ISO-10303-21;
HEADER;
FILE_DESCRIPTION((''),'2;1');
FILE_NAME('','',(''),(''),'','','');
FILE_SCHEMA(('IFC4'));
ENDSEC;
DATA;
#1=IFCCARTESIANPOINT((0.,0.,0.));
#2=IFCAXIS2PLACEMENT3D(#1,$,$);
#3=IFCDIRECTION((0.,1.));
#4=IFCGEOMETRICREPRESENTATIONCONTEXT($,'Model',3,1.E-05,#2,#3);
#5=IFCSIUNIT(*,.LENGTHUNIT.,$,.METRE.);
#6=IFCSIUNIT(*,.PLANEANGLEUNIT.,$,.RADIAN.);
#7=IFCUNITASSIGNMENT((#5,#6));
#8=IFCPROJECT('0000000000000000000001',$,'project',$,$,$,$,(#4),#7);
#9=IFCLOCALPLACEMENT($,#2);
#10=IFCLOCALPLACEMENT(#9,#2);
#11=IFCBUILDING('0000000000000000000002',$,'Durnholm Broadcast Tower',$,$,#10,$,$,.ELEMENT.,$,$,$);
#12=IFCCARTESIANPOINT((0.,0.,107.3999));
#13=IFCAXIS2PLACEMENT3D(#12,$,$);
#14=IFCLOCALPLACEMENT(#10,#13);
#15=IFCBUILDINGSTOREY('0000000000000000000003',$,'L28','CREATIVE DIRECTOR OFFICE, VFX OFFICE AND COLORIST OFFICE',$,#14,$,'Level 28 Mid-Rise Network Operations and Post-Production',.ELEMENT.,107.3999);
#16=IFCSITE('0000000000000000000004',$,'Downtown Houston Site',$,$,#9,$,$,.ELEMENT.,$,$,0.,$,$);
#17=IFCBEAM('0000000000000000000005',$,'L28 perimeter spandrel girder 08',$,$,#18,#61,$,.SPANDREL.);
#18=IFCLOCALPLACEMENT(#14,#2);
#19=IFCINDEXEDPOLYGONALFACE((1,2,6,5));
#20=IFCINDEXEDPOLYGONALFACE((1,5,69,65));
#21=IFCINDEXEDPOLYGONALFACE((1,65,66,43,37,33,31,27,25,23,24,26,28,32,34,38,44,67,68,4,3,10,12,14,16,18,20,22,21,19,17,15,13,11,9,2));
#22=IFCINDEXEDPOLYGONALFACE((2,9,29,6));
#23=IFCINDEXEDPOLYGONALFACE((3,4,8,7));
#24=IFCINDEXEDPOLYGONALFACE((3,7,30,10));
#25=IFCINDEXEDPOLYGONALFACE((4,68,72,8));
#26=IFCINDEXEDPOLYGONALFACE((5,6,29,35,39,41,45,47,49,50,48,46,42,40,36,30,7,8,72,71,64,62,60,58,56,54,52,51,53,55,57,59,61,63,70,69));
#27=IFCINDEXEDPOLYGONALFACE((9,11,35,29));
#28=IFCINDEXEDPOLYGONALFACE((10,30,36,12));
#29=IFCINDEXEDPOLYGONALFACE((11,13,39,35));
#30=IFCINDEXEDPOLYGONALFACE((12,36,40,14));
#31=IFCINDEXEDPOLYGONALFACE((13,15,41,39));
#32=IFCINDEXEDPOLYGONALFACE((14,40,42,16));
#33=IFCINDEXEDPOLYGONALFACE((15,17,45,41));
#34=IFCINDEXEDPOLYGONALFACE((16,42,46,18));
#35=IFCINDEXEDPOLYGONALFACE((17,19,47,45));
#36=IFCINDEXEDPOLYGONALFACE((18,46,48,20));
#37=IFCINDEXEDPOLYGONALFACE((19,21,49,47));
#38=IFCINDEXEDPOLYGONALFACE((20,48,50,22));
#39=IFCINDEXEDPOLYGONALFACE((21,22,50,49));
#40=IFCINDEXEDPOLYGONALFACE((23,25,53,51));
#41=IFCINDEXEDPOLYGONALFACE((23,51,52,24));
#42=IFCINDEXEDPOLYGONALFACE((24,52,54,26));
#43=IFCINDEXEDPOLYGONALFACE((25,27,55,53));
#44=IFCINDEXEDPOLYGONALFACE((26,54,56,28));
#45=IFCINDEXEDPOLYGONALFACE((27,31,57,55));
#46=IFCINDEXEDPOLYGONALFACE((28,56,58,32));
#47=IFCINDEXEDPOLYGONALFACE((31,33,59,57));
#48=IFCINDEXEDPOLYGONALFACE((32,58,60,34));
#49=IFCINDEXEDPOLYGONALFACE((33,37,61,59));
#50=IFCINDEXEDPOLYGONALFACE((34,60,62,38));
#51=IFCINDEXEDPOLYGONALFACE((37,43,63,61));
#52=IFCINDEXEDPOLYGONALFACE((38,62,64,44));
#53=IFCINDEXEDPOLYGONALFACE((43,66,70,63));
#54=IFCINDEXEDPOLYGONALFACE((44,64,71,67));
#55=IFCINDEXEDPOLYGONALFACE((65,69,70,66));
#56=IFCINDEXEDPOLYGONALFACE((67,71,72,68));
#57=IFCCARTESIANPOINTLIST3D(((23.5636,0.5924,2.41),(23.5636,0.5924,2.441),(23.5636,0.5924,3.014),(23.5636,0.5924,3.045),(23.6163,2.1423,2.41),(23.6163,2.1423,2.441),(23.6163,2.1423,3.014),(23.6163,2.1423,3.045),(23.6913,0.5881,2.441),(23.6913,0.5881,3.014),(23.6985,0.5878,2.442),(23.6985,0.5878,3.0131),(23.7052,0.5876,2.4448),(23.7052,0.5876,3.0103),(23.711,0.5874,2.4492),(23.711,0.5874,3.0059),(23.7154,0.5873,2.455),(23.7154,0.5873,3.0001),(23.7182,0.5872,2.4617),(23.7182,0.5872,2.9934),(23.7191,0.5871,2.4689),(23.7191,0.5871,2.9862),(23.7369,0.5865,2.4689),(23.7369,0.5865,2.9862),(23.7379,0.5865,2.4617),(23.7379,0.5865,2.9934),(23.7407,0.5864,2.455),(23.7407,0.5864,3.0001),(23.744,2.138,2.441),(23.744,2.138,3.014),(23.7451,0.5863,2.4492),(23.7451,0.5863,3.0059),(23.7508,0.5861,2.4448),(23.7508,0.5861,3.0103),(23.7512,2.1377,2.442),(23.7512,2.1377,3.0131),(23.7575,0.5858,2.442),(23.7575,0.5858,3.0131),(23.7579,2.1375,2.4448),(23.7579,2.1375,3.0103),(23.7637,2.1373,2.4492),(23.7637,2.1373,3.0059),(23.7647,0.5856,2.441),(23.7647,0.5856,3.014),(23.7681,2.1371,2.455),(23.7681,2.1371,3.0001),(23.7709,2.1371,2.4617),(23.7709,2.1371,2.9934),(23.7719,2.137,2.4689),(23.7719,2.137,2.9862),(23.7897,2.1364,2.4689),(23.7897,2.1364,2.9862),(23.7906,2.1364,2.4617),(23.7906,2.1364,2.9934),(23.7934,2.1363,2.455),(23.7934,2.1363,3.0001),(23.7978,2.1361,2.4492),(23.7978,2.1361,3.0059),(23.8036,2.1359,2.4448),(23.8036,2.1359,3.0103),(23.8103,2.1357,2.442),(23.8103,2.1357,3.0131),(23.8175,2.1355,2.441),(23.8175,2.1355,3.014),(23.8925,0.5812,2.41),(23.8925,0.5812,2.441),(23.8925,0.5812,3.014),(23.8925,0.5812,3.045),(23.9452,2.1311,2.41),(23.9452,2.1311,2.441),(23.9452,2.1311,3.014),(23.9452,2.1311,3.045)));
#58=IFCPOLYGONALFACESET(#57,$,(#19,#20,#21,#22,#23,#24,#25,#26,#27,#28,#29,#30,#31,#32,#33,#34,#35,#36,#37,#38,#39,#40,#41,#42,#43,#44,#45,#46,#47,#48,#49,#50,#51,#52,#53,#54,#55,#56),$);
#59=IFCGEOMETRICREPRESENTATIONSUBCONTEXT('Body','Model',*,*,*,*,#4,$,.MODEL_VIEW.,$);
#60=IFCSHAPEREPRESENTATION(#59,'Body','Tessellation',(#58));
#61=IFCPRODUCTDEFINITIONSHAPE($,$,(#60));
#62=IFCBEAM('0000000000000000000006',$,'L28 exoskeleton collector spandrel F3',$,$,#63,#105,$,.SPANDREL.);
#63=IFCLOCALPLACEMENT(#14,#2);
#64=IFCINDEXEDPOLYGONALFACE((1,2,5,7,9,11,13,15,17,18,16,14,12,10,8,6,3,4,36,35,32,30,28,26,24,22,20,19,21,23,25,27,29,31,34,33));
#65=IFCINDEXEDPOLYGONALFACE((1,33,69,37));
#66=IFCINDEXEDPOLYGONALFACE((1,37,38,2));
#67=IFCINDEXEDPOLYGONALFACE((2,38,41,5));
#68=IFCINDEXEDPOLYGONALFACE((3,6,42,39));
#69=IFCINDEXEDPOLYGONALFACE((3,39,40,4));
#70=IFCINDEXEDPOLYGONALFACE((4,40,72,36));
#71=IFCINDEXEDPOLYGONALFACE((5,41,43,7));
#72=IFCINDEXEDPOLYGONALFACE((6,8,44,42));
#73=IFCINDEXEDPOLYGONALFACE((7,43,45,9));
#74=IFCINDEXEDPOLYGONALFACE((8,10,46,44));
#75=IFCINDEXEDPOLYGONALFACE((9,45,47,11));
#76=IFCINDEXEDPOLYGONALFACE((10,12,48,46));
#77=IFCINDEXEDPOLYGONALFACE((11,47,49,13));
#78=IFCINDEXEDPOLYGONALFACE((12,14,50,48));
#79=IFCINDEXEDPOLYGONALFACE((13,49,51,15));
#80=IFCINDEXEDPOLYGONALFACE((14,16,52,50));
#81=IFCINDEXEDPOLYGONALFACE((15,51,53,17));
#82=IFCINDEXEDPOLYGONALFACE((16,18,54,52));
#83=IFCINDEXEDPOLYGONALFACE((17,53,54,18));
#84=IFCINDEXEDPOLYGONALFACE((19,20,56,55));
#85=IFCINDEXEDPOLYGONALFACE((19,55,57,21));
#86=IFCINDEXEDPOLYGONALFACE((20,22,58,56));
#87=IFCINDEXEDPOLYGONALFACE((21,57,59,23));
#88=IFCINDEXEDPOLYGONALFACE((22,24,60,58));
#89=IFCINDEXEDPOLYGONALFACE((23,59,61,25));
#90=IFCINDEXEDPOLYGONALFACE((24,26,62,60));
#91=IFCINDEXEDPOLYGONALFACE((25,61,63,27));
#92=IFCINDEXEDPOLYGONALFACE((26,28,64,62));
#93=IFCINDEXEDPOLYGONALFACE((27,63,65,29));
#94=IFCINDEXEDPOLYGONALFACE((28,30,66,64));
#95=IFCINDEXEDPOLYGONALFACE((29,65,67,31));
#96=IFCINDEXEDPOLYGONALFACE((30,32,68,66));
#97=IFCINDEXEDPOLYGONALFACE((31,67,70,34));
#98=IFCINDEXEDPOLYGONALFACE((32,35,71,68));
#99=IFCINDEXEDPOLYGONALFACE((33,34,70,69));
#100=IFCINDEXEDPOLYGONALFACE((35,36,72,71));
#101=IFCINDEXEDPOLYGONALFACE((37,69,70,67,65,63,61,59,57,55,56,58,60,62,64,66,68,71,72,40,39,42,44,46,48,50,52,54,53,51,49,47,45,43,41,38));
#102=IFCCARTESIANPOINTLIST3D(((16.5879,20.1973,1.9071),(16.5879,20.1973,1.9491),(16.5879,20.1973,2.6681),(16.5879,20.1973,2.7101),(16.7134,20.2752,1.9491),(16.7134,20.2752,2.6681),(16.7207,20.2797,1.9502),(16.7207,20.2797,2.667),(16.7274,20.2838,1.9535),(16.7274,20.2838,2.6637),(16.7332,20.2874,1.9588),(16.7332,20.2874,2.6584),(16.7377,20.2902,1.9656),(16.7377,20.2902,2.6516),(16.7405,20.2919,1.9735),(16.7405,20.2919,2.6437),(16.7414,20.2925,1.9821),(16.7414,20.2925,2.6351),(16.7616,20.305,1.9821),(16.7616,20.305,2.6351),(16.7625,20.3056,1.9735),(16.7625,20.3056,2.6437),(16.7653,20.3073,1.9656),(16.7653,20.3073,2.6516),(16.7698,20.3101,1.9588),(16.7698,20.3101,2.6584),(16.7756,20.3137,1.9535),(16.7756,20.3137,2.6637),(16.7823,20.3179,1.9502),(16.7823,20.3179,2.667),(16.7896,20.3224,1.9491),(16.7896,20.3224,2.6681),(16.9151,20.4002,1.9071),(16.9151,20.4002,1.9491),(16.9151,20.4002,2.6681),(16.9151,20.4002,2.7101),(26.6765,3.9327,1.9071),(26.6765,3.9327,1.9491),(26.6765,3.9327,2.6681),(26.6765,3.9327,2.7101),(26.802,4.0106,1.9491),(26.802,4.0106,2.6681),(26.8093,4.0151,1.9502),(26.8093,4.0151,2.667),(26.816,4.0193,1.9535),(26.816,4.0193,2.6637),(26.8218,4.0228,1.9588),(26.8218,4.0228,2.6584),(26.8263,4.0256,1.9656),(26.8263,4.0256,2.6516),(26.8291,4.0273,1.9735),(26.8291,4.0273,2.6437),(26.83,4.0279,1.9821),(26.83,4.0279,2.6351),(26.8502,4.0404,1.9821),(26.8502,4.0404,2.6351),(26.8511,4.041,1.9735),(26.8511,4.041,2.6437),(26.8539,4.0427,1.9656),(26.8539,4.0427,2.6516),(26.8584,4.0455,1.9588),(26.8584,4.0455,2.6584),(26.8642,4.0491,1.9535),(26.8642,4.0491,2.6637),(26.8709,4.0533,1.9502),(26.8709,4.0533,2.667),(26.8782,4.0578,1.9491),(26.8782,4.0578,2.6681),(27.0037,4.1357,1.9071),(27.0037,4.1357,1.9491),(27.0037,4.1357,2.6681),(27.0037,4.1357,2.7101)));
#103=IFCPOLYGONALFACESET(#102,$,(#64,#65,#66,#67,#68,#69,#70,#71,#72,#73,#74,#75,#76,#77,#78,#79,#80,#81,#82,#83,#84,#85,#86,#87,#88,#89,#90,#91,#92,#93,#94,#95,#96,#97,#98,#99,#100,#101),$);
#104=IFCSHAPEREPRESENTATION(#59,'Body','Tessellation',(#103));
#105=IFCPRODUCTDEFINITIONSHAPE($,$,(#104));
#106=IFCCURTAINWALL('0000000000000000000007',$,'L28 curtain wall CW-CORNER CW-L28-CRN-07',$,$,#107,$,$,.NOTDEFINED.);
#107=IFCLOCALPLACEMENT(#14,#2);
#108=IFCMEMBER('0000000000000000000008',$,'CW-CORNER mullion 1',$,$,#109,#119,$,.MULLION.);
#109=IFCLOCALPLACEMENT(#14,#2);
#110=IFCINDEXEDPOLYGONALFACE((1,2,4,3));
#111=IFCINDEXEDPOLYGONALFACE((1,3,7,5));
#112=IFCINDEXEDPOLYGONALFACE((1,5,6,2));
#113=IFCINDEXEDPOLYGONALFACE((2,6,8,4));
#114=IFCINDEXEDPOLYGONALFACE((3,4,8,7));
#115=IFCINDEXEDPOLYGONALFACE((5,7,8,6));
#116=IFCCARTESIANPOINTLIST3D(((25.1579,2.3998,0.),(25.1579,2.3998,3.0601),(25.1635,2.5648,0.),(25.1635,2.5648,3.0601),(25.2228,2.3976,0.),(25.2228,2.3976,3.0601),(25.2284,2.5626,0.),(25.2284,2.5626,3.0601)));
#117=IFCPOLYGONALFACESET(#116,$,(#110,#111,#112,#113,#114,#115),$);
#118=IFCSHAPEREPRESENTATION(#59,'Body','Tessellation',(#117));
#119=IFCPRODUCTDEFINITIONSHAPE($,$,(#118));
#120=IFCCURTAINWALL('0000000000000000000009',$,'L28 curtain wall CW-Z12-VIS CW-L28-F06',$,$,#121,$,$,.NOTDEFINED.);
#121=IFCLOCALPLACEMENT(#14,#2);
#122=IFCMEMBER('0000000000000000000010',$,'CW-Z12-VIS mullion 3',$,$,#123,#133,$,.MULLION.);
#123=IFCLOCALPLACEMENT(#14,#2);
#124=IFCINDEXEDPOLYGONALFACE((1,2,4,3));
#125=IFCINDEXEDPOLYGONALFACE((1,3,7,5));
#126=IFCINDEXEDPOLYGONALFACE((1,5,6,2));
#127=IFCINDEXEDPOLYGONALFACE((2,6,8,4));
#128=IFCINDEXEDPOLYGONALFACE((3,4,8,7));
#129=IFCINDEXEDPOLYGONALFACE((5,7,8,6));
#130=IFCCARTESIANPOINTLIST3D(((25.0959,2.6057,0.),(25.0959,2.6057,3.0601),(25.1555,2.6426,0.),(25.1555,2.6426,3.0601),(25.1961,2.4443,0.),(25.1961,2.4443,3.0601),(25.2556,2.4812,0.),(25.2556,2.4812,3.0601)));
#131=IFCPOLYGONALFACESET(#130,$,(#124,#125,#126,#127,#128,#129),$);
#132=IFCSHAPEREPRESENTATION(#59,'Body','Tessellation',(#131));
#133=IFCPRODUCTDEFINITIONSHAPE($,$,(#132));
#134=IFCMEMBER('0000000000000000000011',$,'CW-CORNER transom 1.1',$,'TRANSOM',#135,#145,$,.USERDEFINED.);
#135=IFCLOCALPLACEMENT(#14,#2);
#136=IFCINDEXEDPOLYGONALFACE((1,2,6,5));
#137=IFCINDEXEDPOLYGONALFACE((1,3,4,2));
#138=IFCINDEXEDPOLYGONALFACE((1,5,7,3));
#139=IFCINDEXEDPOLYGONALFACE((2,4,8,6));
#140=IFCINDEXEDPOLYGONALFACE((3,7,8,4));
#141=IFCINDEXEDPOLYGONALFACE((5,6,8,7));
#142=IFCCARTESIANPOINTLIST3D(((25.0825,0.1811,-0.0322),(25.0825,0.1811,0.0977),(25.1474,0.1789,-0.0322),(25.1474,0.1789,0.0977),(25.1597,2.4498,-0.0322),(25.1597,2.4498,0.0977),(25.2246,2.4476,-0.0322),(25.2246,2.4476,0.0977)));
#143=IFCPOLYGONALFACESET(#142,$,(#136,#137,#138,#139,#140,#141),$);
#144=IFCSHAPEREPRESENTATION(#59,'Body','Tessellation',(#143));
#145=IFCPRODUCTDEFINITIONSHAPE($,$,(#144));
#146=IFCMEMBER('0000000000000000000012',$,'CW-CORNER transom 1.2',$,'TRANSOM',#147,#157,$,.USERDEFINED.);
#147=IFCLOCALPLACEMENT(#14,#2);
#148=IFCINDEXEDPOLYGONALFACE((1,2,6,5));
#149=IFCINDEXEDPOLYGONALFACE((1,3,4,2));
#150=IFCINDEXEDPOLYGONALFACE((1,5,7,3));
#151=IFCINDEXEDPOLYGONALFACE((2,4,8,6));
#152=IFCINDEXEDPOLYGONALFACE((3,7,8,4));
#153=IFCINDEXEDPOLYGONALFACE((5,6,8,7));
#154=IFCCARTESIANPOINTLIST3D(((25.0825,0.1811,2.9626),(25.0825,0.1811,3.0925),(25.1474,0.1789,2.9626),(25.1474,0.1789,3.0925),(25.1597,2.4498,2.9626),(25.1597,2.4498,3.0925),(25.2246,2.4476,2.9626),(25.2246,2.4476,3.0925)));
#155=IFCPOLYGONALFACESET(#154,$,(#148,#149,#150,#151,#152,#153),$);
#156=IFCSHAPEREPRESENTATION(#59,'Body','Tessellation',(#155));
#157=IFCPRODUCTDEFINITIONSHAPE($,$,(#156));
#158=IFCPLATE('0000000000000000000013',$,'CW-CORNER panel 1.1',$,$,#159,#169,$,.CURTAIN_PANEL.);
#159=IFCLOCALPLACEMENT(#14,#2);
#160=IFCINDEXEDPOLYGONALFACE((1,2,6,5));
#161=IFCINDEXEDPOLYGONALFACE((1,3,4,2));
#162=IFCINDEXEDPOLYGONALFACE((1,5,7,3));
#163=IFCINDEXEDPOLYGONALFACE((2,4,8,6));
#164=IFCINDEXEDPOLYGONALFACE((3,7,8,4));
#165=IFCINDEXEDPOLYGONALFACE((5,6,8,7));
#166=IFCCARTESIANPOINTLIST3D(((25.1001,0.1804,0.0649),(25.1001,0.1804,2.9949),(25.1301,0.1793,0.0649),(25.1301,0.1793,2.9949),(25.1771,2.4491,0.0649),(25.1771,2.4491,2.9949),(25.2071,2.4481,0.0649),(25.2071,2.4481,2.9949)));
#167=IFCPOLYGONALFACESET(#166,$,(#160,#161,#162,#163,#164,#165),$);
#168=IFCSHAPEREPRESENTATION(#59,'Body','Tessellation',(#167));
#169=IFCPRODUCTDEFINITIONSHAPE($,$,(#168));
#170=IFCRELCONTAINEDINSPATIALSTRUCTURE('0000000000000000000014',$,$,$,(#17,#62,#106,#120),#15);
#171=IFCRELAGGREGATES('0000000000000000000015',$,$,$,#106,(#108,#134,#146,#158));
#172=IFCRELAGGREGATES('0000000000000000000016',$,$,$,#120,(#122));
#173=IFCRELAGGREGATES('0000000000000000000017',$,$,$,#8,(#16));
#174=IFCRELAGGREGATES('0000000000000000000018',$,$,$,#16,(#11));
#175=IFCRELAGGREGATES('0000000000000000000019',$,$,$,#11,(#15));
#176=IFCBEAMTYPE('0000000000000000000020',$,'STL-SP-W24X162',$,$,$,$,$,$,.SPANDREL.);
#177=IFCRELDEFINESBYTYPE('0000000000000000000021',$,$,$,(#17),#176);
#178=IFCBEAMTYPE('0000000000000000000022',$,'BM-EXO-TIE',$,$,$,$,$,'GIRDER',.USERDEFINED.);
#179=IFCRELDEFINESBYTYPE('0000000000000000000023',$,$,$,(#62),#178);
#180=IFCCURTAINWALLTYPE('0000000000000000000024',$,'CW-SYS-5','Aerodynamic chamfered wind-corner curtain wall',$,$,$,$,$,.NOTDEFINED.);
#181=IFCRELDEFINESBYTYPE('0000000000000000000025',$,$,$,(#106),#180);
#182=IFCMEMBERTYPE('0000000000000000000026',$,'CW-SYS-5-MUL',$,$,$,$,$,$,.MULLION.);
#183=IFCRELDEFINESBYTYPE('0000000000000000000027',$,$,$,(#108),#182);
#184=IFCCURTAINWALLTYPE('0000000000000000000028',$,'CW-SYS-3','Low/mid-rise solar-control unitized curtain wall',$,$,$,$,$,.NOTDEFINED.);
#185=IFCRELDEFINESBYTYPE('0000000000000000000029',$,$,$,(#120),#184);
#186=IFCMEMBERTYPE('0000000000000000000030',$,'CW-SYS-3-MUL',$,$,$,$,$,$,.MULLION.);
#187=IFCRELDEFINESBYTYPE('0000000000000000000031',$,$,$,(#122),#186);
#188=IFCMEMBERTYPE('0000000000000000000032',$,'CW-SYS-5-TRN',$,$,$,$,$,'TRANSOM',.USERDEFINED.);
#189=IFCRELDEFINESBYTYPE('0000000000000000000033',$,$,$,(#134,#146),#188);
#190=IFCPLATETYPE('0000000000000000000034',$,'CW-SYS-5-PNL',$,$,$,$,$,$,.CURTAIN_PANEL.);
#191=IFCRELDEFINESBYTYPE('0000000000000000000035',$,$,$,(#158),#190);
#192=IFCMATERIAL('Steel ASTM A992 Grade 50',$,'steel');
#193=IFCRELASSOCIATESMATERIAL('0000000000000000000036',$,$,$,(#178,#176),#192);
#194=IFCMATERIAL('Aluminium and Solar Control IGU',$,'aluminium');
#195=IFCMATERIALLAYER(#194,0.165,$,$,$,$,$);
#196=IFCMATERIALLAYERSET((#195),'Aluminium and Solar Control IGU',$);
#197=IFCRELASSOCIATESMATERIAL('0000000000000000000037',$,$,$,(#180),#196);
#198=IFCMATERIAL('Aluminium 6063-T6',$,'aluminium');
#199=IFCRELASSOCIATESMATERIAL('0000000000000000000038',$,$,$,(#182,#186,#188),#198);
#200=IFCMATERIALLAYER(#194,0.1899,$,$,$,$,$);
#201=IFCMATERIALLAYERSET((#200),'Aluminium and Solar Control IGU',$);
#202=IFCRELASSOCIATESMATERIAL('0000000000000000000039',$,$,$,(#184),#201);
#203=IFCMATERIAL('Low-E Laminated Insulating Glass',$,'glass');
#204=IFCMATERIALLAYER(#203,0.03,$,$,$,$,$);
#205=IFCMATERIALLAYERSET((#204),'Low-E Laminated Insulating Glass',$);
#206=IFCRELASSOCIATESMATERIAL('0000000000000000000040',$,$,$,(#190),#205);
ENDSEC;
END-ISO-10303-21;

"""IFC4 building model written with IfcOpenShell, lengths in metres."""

from ifc_helpers import new_model, si_unit, direction, frame, origin, origin_2d, place, context, subcontext, project, spatial, rectangle, i_section, extrude, source, transform, mapped, material, layer, layer_set, material_profile, profile_set, type_object, type_shapes, element, aggregate, save


model = new_model("IFC4")

# Units and contexts
model_context = context("Model", 3, precision=1e-05, world=origin(), true_north=direction((0.0, 1.0)))
body_context = subcontext(model_context, "Body", "Model", "MODEL_VIEW")
ifc_project = project(units=[si_unit("LENGTHUNIT", "METRE"), si_unit("PLANEANGLEUNIT", "RADIAN")], contexts=[model_context])

# Site, building, storey
site_placement = place(None, origin())
site = spatial("IfcSite", under=ifc_project, at=site_placement, Name="Downtown Houston Site", CompositionType="ELEMENT", RefElevation=0.0)
building_placement = place(site_placement, origin())
building = spatial("IfcBuilding", under=site, at=building_placement, Name="Durnholm Broadcast Tower", CompositionType="ELEMENT")
storey_placement = place(building_placement, frame((0.0, 0.0, 107.3999)))
storey = spatial("IfcBuildingStorey", under=building, at=storey_placement, Name="L28", Description="CREATIVE DIRECTOR OFFICE, VFX OFFICE AND COLORIST OFFICE", LongName="Level 28 Mid-Rise Network Operations and Post-Production", CompositionType="ELEMENT", Elevation=107.3999)

# Beams
ifc_material_1 = material(Name="Steel ASTM A992 Grade 50", Category="steel")
ifc_material_profile_1 = material_profile(ifc_material_1, i_section(OverallWidth=0.385, OverallDepth=0.803, WebThickness=0.0237, FlangeThickness=0.042, FilletRadius=0.033, at=origin_2d()), Name="W30X261")
ifc_profile_set_1 = profile_set([ifc_material_profile_1], Name="Steel ASTM A992 Grade 50")
beam_type_1 = type_object("IfcBeamType", Name="BM-EXO-TIE", ElementType="GIRDER", PredefinedType="USERDEFINED", material=ifc_profile_set_1)
ifc_material_profile_2 = material_profile(ifc_material_1, i_section(OverallWidth=0.3291, OverallDepth=0.635, WebThickness=0.0178, FlangeThickness=0.031, FilletRadius=0.0278, at=origin_2d()), Name="W24X162")
ifc_profile_set_2 = profile_set([ifc_material_profile_2], Name="Steel ASTM A992 Grade 50")
beam_type_2 = type_object("IfcBeamType", Name="STL-SP-W24X162", PredefinedType="SPANDREL", material=ifc_profile_set_2)
shared_shape_1 = source(origin(), body_context, "Body", "SweptSolid", [
    extrude(i_section(OverallWidth=0.3291, OverallDepth=0.635, WebThickness=0.0178, FlangeThickness=0.031, FilletRadius=0.0278, at=origin_2d()), origin(), (0.0, 0.0, 1.0), 1.5508),
])
beam_1_placement = place(storey_placement, frame((23.7808, 2.1367, 2.7275), z_axis=(-0.034007, -0.999422, 0.0), x_axis=(0.999422, -0.034007, 0.0)))
element("IfcBeam", 1, at=beam_1_placement, inside=storey, type_object=beam_type_2, Name="L28 perimeter spandrel girder 08", PredefinedType="SPANDREL", context=body_context, shape_type="MappedRepresentation", body=[
    mapped(shared_shape_1, transform((0.0, 0.0, 0.0), x_axis=(1.0, 0.0, 0.0), y_axis=(0.0, 1.0, 0.0), z_axis=(0.0, 0.0, 1.0), scale=1.0)),
])
shared_shape_2 = source(origin(), body_context, "Body", "SweptSolid", [
    extrude(i_section(OverallWidth=0.385, OverallDepth=0.803, WebThickness=0.0237, FlangeThickness=0.042, FilletRadius=0.033, at=origin_2d()), origin(), (0.0, 0.0, 1.0), 19.1394),
])
beam_2_placement = place(storey_placement, frame((26.8401, 4.0342, 2.3086), z_axis=(-0.527111, 0.849796, 0.0), x_axis=(-0.849796, -0.527111, 0.0)))
element("IfcBeam", 2, at=beam_2_placement, inside=storey, type_object=beam_type_1, Name="L28 exoskeleton collector spandrel F3", PredefinedType="SPANDREL", context=body_context, shape_type="MappedRepresentation", body=[
    mapped(shared_shape_2, transform((0.0, 0.0, 0.0), x_axis=(1.0, 0.0, 0.0), y_axis=(0.0, 1.0, 0.0), z_axis=(0.0, 0.0, 1.0), scale=1.0)),
])

# Curtain walls, members
ifc_material_2 = material(Name="Aluminium and Solar Control IGU", Category="aluminium")
ifc_layer_1 = layer(ifc_material_2, 0.165)
ifc_layer_set_1 = layer_set([ifc_layer_1], Name="Aluminium and Solar Control IGU")
curtain_wall_type_1 = type_object("IfcCurtainWallType", Name="CW-SYS-5", Description="Aerodynamic chamfered wind-corner curtain wall", PredefinedType="NOTDEFINED", material=ifc_layer_set_1)
curtain_wall_1_placement = place(storey_placement, origin())
curtain_wall_1 = element("IfcCurtainWall", 3, at=curtain_wall_1_placement, inside=storey, type_object=curtain_wall_type_1, Name="L28 curtain wall CW-CORNER CW-L28-CRN-07", PredefinedType="NOTDEFINED")
ifc_material_3 = material(Name="Aluminium 6063-T6", Category="aluminium")
ifc_material_profile_3 = material_profile(ifc_material_3, rectangle(XDim=0.0649, YDim=0.165, at=origin_2d()), Name="CWM65X165")
ifc_profile_set_3 = profile_set([ifc_material_profile_3], Name="Aluminium 6063-T6")
member_type_1 = type_object("IfcMemberType", Name="CW-SYS-5-MUL", PredefinedType="MULLION", material=ifc_profile_set_3)
shared_shape_3 = source(origin(), body_context, "Body", "SweptSolid", [
    extrude(rectangle(XDim=0.0649, YDim=0.165, at=origin_2d()), origin(), (0.0, 0.0, 1.0), 3.0601),
])
type_shapes(member_type_1, [shared_shape_3])
member_1_placement = place(storey_placement, frame((25.1931, 2.4812, 0.0), z_axis=(0.0, 0.0, 1.0), x_axis=(0.999425, -0.033917, 0.0)))
member_1 = element("IfcMember", 4, at=member_1_placement, type_object=member_type_1, Name="CW-CORNER mullion 1", PredefinedType="MULLION", context=body_context, shape_type="MappedRepresentation", body=[
    mapped(shared_shape_3, transform((0.0, 0.0, 0.0), x_axis=(1.0, 0.0, 0.0), y_axis=(0.0, 1.0, 0.0), z_axis=(0.0, 0.0, 1.0), scale=1.0)),
])
ifc_layer_2 = layer(ifc_material_2, 0.1899)
ifc_layer_set_2 = layer_set([ifc_layer_2], Name="Aluminium and Solar Control IGU")
curtain_wall_type_2 = type_object("IfcCurtainWallType", Name="CW-SYS-3", Description="Low/mid-rise solar-control unitized curtain wall", PredefinedType="NOTDEFINED", material=ifc_layer_set_2)
curtain_wall_2_placement = place(storey_placement, origin())
curtain_wall_2 = element("IfcCurtainWall", 5, at=curtain_wall_2_placement, inside=storey, type_object=curtain_wall_type_2, Name="L28 curtain wall CW-Z12-VIS CW-L28-F06", PredefinedType="NOTDEFINED")
ifc_material_profile_4 = material_profile(ifc_material_3, rectangle(XDim=0.0701, YDim=0.1899, at=origin_2d()), Name="CWM70X190")
ifc_profile_set_4 = profile_set([ifc_material_profile_4], Name="Aluminium 6063-T6")
member_type_2 = type_object("IfcMemberType", Name="CW-SYS-3-MUL", PredefinedType="MULLION", material=ifc_profile_set_4)
shared_shape_4 = source(origin(), body_context, "Body", "SweptSolid", [
    extrude(rectangle(XDim=0.0701, YDim=0.1899, at=origin_2d()), origin(), (0.0, 0.0, 1.0), 3.0601),
])
type_shapes(member_type_2, [shared_shape_4])
member_2_placement = place(storey_placement, frame((25.1758, 2.5435, 0.0), z_axis=(0.0, 0.0, 1.0), x_axis=(0.8498, 0.527105, 0.0)))
member_2 = element("IfcMember", 6, at=member_2_placement, type_object=member_type_2, Name="CW-Z12-VIS mullion 3", PredefinedType="MULLION", context=body_context, shape_type="MappedRepresentation", body=[
    mapped(shared_shape_4, transform((0.0, 0.0, 0.0), x_axis=(1.0, 0.0, 0.0), y_axis=(0.0, 1.0, 0.0), z_axis=(0.0, 0.0, 1.0), scale=1.0)),
])

# Members
ifc_material_profile_5 = material_profile(ifc_material_3, rectangle(XDim=0.0649, YDim=0.1299, at=origin_2d()), Name="CWT65X130")
ifc_profile_set_5 = profile_set([ifc_material_profile_5], Name="Aluminium 6063-T6")
member_type_3 = type_object("IfcMemberType", Name="CW-SYS-5-TRN", ElementType="TRANSOM", PredefinedType="USERDEFINED", material=ifc_profile_set_5)
shared_shape_5 = source(origin(), body_context, "Body", "SweptSolid", [
    extrude(rectangle(XDim=0.0649, YDim=0.1299, at=origin_2d()), origin(), (0.0, 0.0, 1.0), 2.27),
])
type_shapes(member_type_3, [shared_shape_5])
member_3_placement = place(storey_placement, frame((25.1921, 2.4487, 0.0327), z_axis=(-0.033984, -0.999422, 0.0), x_axis=(0.999422, -0.033984, 0.0)))
member_3 = element("IfcMember", 7, at=member_3_placement, type_object=member_type_3, Name="CW-CORNER transom 1.1", ObjectType="TRANSOM", PredefinedType="USERDEFINED", context=body_context, shape_type="MappedRepresentation", body=[
    mapped(shared_shape_5, transform((0.0, 0.0, 0.0), x_axis=(1.0, 0.0, 0.0), y_axis=(0.0, 1.0, 0.0), z_axis=(0.0, 0.0, 1.0), scale=1.0)),
])
member_4_placement = place(storey_placement, frame((25.1921, 2.4487, 3.0276), z_axis=(-0.033984, -0.999422, 0.0), x_axis=(0.999422, -0.033984, 0.0)))
member_4 = element("IfcMember", 8, at=member_4_placement, type_object=member_type_3, Name="CW-CORNER transom 1.2", ObjectType="TRANSOM", PredefinedType="USERDEFINED", context=body_context, shape_type="MappedRepresentation", body=[
    mapped(shared_shape_5, transform((0.0, 0.0, 0.0), x_axis=(1.0, 0.0, 0.0), y_axis=(0.0, 1.0, 0.0), z_axis=(0.0, 0.0, 1.0), scale=1.0)),
])

# Plate
ifc_material_4 = material(Name="Low-E Laminated Insulating Glass", Category="glass")
ifc_layer_3 = layer(ifc_material_4, 0.03)
ifc_layer_set_3 = layer_set([ifc_layer_3], Name="Low-E Laminated Insulating Glass")
plate_type_1 = type_object("IfcPlateType", Name="CW-SYS-5-PNL", PredefinedType="CURTAIN_PANEL", material=ifc_layer_set_3)
shared_shape_6 = source(origin(), body_context, "Body", "SweptSolid", [
    extrude(rectangle(XDim=2.27, YDim=0.03, at=origin_2d()), origin(), (0.0, 0.0, 1.0), 2.9299),
])
type_shapes(plate_type_1, [shared_shape_6])
plate_1_placement = place(storey_placement, frame((25.1536, 1.3142, 0.0649), z_axis=(0.0, 0.0, 1.0), x_axis=(-0.033917, -0.999425, 0.0)))
plate_1 = element("IfcPlate", 9, at=plate_1_placement, type_object=plate_type_1, Name="CW-CORNER panel 1.1", PredefinedType="CURTAIN_PANEL", context=body_context, shape_type="MappedRepresentation", body=[
    mapped(shared_shape_6, transform((0.0, 0.0, 0.0), x_axis=(1.0, 0.0, 0.0), y_axis=(0.0, 1.0, 0.0), z_axis=(0.0, 0.0, 1.0), scale=1.0)),
])
aggregate(curtain_wall_1, [member_1, member_3, member_4, plate_1])
aggregate(curtain_wall_2, [member_2])

save(model, "model.ifc")
